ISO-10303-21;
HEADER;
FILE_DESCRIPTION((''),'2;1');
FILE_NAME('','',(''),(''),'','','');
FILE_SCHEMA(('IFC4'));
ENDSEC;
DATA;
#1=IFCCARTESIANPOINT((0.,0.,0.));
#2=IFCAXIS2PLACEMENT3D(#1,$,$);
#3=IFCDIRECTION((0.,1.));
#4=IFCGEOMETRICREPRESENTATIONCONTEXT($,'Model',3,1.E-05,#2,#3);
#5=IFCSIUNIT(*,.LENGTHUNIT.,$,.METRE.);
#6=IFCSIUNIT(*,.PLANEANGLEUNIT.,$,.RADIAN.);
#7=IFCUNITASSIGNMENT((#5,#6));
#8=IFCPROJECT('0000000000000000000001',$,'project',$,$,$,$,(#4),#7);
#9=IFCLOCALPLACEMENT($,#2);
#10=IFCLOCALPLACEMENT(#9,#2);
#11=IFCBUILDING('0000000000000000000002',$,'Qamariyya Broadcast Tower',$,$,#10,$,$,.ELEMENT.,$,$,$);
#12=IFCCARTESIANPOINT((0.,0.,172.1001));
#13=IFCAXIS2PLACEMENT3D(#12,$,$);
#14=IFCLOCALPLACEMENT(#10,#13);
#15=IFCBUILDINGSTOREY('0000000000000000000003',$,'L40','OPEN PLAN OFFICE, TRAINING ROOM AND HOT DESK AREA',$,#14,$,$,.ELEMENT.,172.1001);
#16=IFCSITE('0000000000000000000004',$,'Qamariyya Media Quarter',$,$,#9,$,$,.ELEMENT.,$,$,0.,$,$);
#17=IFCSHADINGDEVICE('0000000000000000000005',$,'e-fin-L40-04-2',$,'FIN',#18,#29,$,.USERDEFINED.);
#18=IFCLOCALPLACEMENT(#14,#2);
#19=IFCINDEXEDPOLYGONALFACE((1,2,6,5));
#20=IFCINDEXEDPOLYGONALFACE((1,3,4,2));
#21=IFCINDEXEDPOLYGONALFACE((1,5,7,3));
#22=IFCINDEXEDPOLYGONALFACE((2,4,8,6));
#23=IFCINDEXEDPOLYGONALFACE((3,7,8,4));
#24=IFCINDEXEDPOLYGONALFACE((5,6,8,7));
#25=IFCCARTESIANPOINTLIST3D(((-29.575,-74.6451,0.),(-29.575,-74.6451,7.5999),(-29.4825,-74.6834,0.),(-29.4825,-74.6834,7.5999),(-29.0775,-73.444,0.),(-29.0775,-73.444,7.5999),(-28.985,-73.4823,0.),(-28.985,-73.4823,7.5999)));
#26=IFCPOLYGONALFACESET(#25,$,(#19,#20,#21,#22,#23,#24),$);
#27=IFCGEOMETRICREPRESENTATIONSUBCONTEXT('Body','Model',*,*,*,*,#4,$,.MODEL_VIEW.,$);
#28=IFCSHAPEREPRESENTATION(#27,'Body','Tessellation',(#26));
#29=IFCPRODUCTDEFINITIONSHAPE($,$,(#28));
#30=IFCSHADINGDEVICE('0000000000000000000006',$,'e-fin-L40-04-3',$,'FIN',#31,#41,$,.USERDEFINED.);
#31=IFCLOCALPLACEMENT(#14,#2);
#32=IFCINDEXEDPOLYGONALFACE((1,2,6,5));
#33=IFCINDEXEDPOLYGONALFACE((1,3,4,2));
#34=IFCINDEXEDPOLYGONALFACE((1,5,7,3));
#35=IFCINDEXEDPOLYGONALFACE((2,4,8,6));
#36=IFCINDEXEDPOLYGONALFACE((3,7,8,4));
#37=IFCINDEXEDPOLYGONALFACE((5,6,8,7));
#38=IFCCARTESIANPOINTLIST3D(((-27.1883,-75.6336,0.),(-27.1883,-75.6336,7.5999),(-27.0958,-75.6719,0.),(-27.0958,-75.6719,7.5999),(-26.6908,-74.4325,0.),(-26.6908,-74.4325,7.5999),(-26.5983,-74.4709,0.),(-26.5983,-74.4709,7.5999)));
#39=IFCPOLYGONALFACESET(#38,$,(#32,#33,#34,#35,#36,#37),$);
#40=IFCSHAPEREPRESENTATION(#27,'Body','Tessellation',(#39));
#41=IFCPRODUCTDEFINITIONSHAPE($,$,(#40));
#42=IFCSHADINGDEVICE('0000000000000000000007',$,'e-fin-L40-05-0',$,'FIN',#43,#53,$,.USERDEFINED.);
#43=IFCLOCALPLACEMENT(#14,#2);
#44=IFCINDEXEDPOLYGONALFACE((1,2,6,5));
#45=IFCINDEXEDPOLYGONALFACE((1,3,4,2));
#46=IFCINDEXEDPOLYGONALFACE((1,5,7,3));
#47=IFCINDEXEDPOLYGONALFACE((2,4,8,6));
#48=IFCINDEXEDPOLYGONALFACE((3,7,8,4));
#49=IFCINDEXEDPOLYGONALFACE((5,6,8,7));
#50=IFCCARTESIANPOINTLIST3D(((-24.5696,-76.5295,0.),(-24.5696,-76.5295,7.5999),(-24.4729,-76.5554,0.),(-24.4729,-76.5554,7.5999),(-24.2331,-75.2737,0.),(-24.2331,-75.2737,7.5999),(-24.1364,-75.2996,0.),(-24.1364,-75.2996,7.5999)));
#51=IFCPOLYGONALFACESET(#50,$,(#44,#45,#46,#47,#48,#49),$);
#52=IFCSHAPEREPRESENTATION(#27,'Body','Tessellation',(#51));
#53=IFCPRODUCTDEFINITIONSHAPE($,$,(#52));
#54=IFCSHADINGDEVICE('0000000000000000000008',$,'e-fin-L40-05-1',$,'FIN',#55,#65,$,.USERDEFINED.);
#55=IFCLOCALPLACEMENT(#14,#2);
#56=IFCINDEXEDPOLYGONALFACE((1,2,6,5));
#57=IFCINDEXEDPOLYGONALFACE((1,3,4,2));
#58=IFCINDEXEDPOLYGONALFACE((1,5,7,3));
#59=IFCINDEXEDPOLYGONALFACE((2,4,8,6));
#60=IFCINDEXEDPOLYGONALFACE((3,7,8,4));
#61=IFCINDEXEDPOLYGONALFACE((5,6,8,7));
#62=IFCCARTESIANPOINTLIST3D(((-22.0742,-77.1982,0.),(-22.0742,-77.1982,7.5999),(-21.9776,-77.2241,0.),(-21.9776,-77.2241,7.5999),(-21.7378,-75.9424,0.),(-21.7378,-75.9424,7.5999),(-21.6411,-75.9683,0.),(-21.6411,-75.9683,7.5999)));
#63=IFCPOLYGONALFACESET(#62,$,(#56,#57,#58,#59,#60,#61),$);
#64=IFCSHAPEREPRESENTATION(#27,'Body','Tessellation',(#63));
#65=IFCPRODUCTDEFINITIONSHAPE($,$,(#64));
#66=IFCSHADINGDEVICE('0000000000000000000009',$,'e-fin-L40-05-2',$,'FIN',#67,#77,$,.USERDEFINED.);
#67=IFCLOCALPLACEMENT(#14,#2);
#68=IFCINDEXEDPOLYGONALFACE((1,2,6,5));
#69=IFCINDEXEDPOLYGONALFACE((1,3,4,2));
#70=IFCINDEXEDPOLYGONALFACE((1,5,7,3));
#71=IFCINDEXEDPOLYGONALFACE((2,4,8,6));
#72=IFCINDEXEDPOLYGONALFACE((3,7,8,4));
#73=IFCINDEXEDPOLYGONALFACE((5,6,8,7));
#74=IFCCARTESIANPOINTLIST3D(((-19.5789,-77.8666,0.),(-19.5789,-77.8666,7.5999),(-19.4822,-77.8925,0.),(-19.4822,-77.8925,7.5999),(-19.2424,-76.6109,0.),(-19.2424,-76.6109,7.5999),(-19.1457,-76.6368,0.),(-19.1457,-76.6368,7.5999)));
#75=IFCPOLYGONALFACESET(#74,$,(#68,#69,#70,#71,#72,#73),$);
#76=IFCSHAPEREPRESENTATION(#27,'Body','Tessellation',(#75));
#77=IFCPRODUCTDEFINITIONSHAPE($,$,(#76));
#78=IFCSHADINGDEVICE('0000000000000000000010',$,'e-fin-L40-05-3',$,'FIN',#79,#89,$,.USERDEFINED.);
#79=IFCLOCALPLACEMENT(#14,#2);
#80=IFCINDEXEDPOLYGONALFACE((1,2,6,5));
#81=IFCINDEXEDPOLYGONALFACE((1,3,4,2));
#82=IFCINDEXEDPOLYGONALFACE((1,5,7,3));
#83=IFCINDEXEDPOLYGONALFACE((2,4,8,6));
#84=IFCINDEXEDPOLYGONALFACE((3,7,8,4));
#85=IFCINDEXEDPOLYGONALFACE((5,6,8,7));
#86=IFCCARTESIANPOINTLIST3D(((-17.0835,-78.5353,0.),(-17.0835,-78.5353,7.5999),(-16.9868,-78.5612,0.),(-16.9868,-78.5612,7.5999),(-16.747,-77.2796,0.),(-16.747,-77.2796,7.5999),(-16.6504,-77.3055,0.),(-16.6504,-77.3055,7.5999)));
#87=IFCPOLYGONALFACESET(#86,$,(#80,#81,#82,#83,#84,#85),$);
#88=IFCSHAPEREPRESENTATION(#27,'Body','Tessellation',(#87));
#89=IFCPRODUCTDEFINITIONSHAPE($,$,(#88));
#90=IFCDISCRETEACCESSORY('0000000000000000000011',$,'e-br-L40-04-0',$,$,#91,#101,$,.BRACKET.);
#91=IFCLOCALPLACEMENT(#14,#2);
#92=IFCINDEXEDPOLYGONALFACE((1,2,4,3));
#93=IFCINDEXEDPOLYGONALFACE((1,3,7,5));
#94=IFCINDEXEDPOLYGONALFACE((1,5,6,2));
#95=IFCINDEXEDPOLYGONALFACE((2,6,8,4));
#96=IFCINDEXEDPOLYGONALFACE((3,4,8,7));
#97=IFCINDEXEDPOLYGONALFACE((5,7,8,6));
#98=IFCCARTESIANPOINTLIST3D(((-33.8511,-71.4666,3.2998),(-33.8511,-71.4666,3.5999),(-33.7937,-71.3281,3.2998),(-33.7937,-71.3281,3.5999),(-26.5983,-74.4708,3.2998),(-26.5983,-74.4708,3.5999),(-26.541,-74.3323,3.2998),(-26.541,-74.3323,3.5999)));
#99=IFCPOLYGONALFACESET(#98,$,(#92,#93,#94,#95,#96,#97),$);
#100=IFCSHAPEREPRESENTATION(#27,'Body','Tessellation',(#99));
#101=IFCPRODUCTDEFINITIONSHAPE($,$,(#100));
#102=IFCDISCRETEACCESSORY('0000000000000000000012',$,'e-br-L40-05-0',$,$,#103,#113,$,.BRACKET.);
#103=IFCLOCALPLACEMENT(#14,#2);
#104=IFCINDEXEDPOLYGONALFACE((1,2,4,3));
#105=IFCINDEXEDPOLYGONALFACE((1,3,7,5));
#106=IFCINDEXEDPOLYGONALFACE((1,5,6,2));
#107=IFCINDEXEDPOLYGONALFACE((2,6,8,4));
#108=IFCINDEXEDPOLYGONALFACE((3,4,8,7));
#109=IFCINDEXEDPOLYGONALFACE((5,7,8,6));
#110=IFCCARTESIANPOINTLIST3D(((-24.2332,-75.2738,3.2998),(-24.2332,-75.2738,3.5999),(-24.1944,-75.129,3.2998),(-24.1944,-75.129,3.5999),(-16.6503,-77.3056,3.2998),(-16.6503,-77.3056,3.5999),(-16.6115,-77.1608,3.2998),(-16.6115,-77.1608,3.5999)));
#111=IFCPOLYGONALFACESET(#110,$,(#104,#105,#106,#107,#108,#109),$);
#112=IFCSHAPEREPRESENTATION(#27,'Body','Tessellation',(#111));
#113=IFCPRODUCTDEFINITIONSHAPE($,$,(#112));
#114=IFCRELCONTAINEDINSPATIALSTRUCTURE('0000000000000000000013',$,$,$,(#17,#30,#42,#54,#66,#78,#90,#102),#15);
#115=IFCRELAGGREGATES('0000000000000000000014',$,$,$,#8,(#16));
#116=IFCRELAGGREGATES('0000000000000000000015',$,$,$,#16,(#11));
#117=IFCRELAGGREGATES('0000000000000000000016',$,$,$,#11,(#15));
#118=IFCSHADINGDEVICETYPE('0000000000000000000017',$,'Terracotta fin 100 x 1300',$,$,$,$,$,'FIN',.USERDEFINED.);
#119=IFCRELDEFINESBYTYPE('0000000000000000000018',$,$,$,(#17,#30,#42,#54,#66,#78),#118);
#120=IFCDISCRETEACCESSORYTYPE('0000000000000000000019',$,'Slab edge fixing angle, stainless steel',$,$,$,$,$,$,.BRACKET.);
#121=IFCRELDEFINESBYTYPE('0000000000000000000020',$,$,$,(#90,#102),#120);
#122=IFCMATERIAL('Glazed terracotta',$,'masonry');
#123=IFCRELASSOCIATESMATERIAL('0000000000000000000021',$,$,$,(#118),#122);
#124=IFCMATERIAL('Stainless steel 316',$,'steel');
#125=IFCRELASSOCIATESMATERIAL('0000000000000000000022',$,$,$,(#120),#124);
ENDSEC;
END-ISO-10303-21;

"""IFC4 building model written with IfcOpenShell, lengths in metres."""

from ifc_helpers import new_model, si_unit, direction, frame, origin, origin_2d, place, context, subcontext, project, spatial, rectangle, extrude, material, material_profile, profile_set, type_object, element, save


model = new_model("IFC4")

# Units and contexts
model_context = context("Model", 3, precision=1e-05, world=origin(), true_north=direction((0.0, 1.0)))
body_context = subcontext(model_context, "Body", "Model", "MODEL_VIEW")
ifc_project = project(units=[si_unit("LENGTHUNIT", "METRE"), si_unit("PLANEANGLEUNIT", "RADIAN")], contexts=[model_context])

# Site, building, storey
site_placement = place(None, origin())
site = spatial("IfcSite", under=ifc_project, at=site_placement, Name="Qamariyya Media Quarter", CompositionType="ELEMENT", RefElevation=0.0)
building_placement = place(site_placement, origin())
building = spatial("IfcBuilding", under=site, at=building_placement, Name="Qamariyya Broadcast Tower", CompositionType="ELEMENT")
storey_placement = place(building_placement, frame((0.0, 0.0, 172.1001)))
storey = spatial("IfcBuildingStorey", under=building, at=storey_placement, Name="L40", Description="OPEN PLAN OFFICE, TRAINING ROOM AND HOT DESK AREA", CompositionType="ELEMENT", Elevation=172.1001)

# Shading devices
ifc_material_1 = material(Name="Glazed terracotta", Category="masonry")
ifc_material_profile_1 = material_profile(ifc_material_1, rectangle(XDim=1.3, YDim=0.1001, at=origin_2d()))
ifc_profile_set_1 = profile_set([ifc_material_profile_1], Name="Glazed terracotta")
shading_device_type_1 = type_object("IfcShadingDeviceType", Name="Terracotta fin 100 x 1300", ElementType="FIN", PredefinedType="USERDEFINED", material=ifc_profile_set_1)
for number, where, z_axis, x_axis, name in (
    (1, (-29.28, -74.0637, 0.0), (0.0, 0.0, 1.0), (-0.382683, -0.92388, 0.0), "e-fin-L40-04-2"),
    (2, (-26.8933, -75.0522, 0.0), (0.0, 0.0, 1.0), (-0.382683, -0.92388, 0.0), "e-fin-L40-04-3"),
    (3, (-24.353, -75.9146, 0.0), (0.0, 0.0, 1.0), (-0.258819, -0.965926, 0.0), "e-fin-L40-05-0"),
    (4, (-21.8577, -76.5833, 0.0), (0.0, 0.0, 1.0), (-0.258819, -0.965926, 0.0), "e-fin-L40-05-1"),
    (5, (-19.3623, -77.2517, 0.0), (0.0, 0.0, 1.0), (-0.258819, -0.965926, 0.0), "e-fin-L40-05-2"),
    (6, (-16.8669, -77.9204, 0.0), (0.0, 0.0, 1.0), (-0.258819, -0.965926, 0.0), "e-fin-L40-05-3"),
):
    element("IfcShadingDevice", number, at=place(storey_placement, frame(where, z_axis=z_axis, x_axis=x_axis)), inside=storey, type_object=shading_device_type_1, Name=name, ObjectType="FIN", PredefinedType="USERDEFINED", context=body_context, shape_type="SweptSolid", body=[
        extrude(rectangle(XDim=1.3, YDim=0.1001, at=origin_2d()), origin(), (0.0, 0.0, 1.0), 7.5999),
    ])

# Discrete accessories
ifc_material_2 = material(Name="Stainless steel 316", Category="steel")
discrete_accessory_type = type_object("IfcDiscreteAccessoryType", Name="Slab edge fixing angle, stainless steel", PredefinedType="BRACKET", material=ifc_material_2)
for number, where, z_axis, x_axis, name in (
    (7, (-30.196, -72.8994, 3.2998), (0.0, 0.0, 1.0), (0.92388, -0.382683, 0.0), "e-br-L40-04-0"),
    (8, (-20.4224, -76.2173, 3.2998), (0.0, 0.0, 1.0), (0.965926, -0.258819, 0.0), "e-br-L40-05-0"),
):
    element("IfcDiscreteAccessory", number, at=place(storey_placement, frame(where, z_axis=z_axis, x_axis=x_axis)), inside=storey, type_object=discrete_accessory_type, Name=name, PredefinedType="BRACKET", context=body_context, shape_type="SweptSolid", body=[
        extrude(rectangle(XDim=7.8503, YDim=0.1499, at=origin_2d()), origin(), (0.0, 0.0, 1.0), 0.3),
    ])

save(model, "model.ifc")
